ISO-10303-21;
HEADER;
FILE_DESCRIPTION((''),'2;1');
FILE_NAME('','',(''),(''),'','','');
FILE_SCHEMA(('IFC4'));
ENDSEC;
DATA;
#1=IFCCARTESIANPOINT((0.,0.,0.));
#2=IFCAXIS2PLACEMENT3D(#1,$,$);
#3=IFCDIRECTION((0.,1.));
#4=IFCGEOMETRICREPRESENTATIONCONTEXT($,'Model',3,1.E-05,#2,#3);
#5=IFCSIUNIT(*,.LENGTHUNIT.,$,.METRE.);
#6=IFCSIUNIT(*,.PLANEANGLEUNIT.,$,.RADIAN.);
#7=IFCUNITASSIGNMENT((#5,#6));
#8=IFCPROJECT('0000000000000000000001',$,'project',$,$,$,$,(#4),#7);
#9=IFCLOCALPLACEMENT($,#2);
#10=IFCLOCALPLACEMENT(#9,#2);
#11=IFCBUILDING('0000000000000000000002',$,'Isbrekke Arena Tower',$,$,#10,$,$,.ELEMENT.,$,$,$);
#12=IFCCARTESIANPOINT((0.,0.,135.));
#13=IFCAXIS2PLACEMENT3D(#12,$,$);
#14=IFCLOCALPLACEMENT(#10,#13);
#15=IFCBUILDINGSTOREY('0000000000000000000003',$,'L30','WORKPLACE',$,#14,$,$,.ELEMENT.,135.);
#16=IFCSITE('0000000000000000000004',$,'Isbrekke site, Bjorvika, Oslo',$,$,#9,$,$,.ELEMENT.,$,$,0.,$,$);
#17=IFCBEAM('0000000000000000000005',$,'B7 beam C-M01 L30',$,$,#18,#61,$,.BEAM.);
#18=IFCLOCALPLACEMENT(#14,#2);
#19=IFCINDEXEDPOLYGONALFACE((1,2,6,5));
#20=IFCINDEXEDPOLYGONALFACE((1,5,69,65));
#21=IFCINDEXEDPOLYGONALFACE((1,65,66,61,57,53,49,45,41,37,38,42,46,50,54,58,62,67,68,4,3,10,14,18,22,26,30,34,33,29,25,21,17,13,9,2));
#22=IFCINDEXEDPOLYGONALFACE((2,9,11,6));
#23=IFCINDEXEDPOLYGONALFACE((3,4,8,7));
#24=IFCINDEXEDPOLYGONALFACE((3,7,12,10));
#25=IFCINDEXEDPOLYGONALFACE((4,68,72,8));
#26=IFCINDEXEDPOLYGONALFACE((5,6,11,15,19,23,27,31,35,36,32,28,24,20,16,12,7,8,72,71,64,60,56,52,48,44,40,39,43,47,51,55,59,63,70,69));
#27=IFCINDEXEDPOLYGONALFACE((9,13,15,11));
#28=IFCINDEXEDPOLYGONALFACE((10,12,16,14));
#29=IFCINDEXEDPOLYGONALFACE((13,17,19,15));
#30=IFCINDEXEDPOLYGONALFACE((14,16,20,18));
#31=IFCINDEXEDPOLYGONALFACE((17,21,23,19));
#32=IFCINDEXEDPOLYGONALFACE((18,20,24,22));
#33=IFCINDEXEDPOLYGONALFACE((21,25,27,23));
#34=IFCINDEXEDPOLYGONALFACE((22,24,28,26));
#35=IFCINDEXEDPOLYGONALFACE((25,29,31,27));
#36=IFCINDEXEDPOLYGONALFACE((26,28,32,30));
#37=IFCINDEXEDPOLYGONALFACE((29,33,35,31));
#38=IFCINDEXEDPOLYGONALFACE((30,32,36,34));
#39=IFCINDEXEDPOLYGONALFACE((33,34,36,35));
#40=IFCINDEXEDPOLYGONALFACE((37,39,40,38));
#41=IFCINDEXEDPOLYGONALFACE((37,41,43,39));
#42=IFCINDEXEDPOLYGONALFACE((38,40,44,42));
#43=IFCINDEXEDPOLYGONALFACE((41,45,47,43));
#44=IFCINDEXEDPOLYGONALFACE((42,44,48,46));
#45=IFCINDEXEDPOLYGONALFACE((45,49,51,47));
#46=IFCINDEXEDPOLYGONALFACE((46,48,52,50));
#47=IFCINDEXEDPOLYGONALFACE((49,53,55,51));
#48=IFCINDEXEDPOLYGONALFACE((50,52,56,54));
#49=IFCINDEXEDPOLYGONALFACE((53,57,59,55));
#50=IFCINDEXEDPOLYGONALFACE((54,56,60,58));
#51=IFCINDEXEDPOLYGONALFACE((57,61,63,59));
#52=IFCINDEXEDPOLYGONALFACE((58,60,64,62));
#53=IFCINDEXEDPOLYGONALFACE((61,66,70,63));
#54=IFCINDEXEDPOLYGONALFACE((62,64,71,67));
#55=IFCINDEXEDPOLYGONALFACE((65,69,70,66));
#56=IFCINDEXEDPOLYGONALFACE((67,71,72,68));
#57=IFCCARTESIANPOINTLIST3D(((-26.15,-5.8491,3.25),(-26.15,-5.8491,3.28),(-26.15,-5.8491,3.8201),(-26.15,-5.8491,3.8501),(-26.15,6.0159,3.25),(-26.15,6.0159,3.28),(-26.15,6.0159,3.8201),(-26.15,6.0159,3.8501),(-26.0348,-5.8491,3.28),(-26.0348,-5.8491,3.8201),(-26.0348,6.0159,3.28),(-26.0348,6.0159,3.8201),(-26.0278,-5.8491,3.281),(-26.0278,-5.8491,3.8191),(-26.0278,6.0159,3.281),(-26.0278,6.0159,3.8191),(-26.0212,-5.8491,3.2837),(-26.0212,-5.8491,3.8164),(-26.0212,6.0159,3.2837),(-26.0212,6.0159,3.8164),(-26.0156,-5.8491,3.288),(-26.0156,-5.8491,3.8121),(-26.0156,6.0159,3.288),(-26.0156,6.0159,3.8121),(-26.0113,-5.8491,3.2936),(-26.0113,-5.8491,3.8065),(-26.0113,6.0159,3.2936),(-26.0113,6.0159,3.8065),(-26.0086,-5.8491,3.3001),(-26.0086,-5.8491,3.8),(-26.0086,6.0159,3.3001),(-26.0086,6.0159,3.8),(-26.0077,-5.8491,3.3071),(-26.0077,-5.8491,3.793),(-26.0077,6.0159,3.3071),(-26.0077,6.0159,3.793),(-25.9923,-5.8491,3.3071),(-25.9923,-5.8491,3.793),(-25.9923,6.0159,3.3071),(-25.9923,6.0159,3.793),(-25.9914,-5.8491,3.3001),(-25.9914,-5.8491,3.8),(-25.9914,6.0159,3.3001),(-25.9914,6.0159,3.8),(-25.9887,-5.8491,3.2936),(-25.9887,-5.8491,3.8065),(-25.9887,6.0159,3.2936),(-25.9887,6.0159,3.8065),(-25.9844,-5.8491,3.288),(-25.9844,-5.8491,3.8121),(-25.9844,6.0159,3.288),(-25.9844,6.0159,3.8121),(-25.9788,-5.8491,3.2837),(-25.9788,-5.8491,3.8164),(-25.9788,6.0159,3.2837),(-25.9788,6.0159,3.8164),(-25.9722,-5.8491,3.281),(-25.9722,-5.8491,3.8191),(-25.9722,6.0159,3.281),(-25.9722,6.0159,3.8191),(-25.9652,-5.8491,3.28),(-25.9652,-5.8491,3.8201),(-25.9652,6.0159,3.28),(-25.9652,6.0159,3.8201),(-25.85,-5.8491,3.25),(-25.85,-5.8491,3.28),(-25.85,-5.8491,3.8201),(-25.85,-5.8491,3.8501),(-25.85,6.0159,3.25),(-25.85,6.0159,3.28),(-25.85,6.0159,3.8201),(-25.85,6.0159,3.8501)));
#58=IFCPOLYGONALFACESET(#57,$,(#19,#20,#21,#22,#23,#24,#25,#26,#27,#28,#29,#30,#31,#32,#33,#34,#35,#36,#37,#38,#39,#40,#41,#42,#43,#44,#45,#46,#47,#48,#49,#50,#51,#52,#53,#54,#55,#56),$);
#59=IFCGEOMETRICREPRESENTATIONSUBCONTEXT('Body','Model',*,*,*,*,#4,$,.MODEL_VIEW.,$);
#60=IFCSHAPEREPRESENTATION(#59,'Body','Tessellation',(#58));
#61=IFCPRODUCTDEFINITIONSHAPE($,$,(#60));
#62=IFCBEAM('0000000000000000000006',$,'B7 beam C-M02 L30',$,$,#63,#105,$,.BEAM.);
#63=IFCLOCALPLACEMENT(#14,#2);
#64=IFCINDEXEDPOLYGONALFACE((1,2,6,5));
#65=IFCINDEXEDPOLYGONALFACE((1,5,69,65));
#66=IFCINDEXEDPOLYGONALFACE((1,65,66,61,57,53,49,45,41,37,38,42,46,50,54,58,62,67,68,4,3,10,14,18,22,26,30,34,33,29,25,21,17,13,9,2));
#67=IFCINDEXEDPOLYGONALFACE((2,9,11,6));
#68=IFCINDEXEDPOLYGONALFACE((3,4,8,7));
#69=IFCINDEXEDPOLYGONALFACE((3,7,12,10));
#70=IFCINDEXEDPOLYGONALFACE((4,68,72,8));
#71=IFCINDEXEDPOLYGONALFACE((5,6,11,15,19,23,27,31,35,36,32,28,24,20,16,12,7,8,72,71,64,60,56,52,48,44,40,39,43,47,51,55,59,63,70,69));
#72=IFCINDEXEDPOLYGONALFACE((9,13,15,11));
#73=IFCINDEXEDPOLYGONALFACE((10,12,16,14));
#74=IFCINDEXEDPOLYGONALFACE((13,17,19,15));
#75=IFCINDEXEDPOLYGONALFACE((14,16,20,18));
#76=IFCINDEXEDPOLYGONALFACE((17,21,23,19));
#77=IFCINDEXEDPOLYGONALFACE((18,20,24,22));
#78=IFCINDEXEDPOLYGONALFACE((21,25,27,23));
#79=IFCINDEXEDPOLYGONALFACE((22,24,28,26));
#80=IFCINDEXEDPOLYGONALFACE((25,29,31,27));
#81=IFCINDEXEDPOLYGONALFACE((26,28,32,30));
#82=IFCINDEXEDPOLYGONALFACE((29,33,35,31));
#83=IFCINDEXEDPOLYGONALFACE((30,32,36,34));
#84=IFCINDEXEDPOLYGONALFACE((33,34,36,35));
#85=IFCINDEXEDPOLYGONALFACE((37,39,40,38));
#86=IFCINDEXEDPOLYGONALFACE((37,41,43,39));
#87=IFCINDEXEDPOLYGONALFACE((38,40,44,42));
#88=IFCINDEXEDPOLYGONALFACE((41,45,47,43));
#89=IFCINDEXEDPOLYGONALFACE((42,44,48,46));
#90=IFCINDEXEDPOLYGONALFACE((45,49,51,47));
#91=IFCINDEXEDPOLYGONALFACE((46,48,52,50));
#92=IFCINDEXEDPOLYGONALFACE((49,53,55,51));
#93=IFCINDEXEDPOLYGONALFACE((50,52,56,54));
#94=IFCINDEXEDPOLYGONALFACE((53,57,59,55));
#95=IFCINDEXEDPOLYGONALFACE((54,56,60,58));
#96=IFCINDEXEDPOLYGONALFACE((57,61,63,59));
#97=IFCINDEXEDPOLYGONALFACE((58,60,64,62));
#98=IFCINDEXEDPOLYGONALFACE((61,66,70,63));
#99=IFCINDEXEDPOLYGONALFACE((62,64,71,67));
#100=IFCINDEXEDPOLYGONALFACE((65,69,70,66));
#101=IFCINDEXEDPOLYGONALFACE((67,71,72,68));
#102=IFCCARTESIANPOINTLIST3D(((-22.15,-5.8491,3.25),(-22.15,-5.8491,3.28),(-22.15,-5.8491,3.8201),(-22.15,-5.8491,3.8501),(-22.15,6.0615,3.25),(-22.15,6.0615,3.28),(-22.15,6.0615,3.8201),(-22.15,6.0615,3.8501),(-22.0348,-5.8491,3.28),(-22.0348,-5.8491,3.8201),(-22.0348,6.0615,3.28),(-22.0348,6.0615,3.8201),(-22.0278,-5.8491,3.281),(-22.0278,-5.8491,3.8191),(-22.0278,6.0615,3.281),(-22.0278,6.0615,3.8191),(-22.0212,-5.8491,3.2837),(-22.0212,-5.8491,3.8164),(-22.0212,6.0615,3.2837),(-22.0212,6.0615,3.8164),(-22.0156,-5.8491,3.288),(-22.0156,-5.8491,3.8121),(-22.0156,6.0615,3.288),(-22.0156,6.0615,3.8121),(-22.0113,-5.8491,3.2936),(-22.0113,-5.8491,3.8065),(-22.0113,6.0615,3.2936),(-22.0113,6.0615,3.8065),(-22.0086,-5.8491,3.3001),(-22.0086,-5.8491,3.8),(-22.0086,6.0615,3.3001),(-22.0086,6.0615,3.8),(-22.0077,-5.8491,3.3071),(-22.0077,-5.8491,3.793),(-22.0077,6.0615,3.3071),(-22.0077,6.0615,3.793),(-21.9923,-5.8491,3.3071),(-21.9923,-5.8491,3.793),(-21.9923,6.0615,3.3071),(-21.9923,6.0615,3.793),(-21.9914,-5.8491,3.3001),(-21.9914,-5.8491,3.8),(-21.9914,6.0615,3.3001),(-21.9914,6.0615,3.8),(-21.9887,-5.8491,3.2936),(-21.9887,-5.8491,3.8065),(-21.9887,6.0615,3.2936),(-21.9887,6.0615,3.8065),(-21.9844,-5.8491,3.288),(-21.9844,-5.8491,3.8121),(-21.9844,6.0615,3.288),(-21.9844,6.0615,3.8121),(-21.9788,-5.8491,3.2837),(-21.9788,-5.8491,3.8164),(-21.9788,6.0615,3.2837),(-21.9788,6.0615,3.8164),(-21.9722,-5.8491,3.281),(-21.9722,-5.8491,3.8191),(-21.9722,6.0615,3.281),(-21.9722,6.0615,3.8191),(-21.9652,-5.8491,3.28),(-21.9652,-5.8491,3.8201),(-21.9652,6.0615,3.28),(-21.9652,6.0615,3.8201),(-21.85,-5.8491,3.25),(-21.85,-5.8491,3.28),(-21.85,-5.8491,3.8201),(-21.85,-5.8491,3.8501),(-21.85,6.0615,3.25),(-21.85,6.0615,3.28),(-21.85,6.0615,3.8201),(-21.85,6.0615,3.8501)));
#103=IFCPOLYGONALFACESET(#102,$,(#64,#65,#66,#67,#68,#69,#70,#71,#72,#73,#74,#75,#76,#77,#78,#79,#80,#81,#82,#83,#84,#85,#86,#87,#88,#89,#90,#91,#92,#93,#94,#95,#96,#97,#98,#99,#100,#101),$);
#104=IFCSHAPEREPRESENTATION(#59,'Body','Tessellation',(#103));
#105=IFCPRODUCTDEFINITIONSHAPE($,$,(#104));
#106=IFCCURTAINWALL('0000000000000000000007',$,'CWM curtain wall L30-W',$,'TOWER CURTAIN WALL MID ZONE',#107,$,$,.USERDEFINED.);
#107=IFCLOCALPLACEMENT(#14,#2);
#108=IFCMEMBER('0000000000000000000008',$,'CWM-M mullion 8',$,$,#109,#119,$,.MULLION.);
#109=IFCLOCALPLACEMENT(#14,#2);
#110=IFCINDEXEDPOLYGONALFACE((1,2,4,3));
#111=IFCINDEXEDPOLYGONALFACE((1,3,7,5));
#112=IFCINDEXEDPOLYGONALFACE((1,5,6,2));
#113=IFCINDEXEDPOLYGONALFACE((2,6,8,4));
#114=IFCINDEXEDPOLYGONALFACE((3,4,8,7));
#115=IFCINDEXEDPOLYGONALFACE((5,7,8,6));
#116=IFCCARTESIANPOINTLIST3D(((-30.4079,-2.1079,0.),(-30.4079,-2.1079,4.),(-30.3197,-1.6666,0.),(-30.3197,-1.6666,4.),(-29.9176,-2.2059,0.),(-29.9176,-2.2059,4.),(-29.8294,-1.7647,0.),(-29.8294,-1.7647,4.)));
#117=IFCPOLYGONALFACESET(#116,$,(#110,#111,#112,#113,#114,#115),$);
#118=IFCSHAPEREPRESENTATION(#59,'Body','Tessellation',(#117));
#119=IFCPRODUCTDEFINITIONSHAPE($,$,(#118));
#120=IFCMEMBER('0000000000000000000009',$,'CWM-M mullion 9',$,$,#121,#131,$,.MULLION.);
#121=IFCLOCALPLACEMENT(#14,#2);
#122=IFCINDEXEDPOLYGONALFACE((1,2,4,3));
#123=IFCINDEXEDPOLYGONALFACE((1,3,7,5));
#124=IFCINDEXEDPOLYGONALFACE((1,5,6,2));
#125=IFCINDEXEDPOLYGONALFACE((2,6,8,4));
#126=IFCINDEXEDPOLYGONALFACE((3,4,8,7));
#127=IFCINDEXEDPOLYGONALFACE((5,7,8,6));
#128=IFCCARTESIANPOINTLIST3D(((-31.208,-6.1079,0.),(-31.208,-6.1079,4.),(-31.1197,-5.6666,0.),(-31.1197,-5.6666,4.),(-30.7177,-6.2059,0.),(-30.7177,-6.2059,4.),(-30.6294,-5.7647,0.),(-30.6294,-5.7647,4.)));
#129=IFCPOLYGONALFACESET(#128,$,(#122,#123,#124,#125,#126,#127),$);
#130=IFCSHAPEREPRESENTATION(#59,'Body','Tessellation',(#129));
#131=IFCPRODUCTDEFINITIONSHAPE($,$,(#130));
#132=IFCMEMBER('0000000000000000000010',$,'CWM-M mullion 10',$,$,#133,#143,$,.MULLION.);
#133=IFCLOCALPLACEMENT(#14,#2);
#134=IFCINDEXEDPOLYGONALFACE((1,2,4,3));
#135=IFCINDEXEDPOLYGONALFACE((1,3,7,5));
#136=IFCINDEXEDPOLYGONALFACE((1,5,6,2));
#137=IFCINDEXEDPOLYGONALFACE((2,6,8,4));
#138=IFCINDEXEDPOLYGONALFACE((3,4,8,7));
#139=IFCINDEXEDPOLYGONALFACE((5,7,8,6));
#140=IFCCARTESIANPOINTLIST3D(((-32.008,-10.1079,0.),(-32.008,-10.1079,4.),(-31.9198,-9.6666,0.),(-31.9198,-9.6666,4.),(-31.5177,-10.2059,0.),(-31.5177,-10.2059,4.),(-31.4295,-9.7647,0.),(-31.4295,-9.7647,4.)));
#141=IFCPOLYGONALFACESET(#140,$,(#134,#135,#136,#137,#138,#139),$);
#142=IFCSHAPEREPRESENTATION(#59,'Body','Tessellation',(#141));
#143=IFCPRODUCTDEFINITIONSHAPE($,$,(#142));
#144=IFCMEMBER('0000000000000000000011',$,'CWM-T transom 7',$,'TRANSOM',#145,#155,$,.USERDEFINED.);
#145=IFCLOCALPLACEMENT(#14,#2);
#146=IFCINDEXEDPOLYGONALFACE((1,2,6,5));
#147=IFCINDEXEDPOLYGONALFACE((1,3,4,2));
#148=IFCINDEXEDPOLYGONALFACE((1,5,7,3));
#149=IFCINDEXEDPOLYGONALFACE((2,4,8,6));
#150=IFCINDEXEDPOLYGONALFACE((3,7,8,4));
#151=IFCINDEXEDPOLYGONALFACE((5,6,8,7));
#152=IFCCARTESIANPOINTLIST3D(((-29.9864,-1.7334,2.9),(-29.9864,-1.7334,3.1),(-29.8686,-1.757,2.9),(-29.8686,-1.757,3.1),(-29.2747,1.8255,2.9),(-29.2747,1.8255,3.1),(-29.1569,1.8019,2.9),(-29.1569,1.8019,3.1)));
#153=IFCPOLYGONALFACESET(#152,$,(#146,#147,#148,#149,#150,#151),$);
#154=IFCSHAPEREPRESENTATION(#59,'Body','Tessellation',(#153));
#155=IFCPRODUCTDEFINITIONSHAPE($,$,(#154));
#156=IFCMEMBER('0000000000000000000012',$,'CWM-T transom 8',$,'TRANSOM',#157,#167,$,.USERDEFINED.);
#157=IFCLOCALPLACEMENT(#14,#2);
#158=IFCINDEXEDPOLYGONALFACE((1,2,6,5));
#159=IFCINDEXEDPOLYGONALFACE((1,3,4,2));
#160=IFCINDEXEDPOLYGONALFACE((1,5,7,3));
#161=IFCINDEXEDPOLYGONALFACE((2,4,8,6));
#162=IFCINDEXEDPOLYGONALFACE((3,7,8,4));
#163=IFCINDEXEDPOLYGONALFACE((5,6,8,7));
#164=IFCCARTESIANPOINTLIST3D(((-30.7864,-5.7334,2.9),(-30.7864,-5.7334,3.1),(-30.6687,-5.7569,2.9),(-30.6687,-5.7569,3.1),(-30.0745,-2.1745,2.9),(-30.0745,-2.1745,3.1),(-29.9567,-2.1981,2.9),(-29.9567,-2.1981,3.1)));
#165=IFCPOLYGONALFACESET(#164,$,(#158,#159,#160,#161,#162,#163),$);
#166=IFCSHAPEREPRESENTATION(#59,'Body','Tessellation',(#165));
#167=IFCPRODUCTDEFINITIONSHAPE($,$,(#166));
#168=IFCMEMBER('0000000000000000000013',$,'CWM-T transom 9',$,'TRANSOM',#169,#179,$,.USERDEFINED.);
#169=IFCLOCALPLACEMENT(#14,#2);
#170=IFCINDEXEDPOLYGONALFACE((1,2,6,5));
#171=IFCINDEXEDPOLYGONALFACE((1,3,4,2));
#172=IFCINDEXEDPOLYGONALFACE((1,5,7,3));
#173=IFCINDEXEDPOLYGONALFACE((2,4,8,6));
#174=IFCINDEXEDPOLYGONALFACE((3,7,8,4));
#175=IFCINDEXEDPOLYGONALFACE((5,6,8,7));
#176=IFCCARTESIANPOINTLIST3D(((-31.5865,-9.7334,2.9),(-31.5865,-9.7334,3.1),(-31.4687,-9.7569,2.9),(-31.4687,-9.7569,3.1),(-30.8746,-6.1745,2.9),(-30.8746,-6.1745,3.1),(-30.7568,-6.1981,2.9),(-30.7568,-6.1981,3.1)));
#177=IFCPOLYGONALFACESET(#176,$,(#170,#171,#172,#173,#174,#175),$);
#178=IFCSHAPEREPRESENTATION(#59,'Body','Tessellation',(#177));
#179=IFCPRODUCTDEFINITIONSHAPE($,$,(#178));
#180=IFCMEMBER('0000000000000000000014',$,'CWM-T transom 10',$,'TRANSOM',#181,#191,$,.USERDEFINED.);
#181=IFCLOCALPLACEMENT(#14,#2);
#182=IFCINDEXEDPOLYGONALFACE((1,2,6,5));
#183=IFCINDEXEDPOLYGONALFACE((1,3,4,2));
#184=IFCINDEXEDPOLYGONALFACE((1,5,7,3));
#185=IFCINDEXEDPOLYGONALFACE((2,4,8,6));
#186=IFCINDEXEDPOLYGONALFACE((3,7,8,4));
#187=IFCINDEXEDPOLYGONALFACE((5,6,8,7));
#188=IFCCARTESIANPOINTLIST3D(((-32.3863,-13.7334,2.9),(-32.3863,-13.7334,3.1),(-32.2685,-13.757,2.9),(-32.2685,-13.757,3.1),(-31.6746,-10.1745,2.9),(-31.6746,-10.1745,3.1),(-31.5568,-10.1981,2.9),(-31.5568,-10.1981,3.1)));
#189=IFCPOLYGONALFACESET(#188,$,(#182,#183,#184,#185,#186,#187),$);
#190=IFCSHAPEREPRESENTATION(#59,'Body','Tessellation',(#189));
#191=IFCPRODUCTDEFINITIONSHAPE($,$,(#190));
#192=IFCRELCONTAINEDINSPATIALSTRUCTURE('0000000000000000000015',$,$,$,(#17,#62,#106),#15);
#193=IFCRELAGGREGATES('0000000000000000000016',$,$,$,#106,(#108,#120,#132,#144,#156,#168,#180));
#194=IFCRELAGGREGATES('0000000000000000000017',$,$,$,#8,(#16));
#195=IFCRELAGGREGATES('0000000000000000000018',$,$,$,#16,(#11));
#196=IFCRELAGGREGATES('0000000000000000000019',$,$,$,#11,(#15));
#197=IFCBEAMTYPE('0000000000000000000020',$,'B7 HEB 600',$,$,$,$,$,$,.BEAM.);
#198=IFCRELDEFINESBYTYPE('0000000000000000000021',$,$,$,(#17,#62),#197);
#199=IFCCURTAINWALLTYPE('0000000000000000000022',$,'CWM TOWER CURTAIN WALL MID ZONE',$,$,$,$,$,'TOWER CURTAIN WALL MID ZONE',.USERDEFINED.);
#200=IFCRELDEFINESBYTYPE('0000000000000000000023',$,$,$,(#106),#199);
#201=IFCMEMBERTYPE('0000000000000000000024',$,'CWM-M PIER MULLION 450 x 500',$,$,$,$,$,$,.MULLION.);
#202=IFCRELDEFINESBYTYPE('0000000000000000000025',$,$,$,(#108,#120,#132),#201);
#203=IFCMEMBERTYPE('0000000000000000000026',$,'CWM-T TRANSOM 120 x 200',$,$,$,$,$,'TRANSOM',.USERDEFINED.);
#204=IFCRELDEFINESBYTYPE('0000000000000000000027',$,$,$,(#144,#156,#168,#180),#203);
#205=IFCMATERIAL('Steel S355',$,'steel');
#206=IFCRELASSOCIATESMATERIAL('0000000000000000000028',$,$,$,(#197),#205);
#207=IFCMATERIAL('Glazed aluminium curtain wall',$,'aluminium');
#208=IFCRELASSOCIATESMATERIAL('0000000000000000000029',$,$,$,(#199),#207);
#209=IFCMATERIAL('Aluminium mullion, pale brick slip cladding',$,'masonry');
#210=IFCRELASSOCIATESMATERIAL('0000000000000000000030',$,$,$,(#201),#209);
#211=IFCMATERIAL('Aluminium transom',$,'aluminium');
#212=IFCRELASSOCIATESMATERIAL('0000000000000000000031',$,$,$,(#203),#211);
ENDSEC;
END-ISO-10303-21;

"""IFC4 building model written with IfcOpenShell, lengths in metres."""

from ifc_helpers import new_model, si_unit, direction, frame, origin, origin_2d, place, context, subcontext, project, spatial, rectangle, i_section, extrude, material, material_profile, profile_set, type_object, element, aggregate, save


model = new_model("IFC4")

# Units and contexts
model_context = context("Model", 3, precision=1e-05, world=origin(), true_north=direction((0.0, 1.0)))
body_context = subcontext(model_context, "Body", "Model", "MODEL_VIEW")
ifc_project = project(units=[si_unit("LENGTHUNIT", "METRE"), si_unit("PLANEANGLEUNIT", "RADIAN")], contexts=[model_context])

# Site, building, storey
site_placement = place(None, origin())
site = spatial("IfcSite", under=ifc_project, at=site_placement, Name="Isbrekke site, Bjorvika, Oslo", CompositionType="ELEMENT", RefElevation=0.0)
building_placement = place(site_placement, origin())
building = spatial("IfcBuilding", under=site, at=building_placement, Name="Isbrekke Arena Tower", CompositionType="ELEMENT")
storey_placement = place(building_placement, frame((0.0, 0.0, 135.0)))
storey = spatial("IfcBuildingStorey", under=building, at=storey_placement, Name="L30", Description="WORKPLACE", CompositionType="ELEMENT", Elevation=135.0)

# Beams
ifc_material_1 = material(Name="Steel S355", Category="steel")
ifc_material_profile_1 = material_profile(ifc_material_1, i_section(OverallWidth=0.3, OverallDepth=0.6001, WebThickness=0.0154, FlangeThickness=0.03, FilletRadius=0.0271, at=origin_2d()), Name="HEB 600")
ifc_profile_set_1 = profile_set([ifc_material_profile_1], Name="Steel S355")
beam_type_1 = type_object("IfcBeamType", Name="B7 HEB 600", PredefinedType="BEAM", material=ifc_profile_set_1)
beam_1_placement = place(storey_placement, frame((-26.0, -5.8491, 3.55), z_axis=(0.0, 1.0, 0.0), x_axis=(-1.0, 0.0, 0.0)))
element("IfcBeam", 1, at=beam_1_placement, inside=storey, type_object=beam_type_1, Name="B7 beam C-M01 L30", PredefinedType="BEAM", context=body_context, shape_type="SweptSolid", body=[
    extrude(i_section(OverallWidth=0.3, OverallDepth=0.6001, WebThickness=0.0154, FlangeThickness=0.03, FilletRadius=0.0271, at=origin_2d()), origin(), (0.0, 0.0, 1.0), 11.865),
])
beam_2_placement = place(storey_placement, frame((-22.0, -5.8491, 3.55), z_axis=(0.0, 1.0, 0.0), x_axis=(-1.0, 0.0, 0.0)))
element("IfcBeam", 2, at=beam_2_placement, inside=storey, type_object=beam_type_1, Name="B7 beam C-M02 L30", PredefinedType="BEAM", context=body_context, shape_type="SweptSolid", body=[
    extrude(i_section(OverallWidth=0.3, OverallDepth=0.6001, WebThickness=0.0154, FlangeThickness=0.03, FilletRadius=0.0271, at=origin_2d()), origin(), (0.0, 0.0, 1.0), 11.9106),
])

# Curtain wall, members
ifc_material_2 = material(Name="Glazed aluminium curtain wall", Category="aluminium")
curtain_wall_type = type_object("IfcCurtainWallType", Name="CWM TOWER CURTAIN WALL MID ZONE", ElementType="TOWER CURTAIN WALL MID ZONE", PredefinedType="USERDEFINED", material=ifc_material_2)
curtain_wall_placement = place(storey_placement, origin())
curtain_wall = element("IfcCurtainWall", 3, at=curtain_wall_placement, inside=storey, type_object=curtain_wall_type, Name="CWM curtain wall L30-W", ObjectType="TOWER CURTAIN WALL MID ZONE", PredefinedType="USERDEFINED")
ifc_material_3 = material(Name="Aluminium mullion, pale brick slip cladding", Category="masonry")
ifc_material_profile_2 = material_profile(ifc_material_3, rectangle(XDim=0.45, YDim=0.5, at=origin_2d()), Name="PIER 450X500")
ifc_profile_set_2 = profile_set([ifc_material_profile_2], Name="Aluminium mullion, pale brick slip cladding")
member_type_1 = type_object("IfcMemberType", Name="CWM-M PIER MULLION 450 x 500", PredefinedType="MULLION", material=ifc_profile_set_2)
member_1_placement = place(storey_placement, frame((-30.1187, -1.9363, 0.0), z_axis=(0.0, 0.0, 1.0), x_axis=(-0.196116, -0.980581, 0.0)))
member_1 = element("IfcMember", 4, at=member_1_placement, type_object=member_type_1, Name="CWM-M mullion 8", PredefinedType="MULLION", context=body_context, shape_type="SweptSolid", body=[
    extrude(rectangle(XDim=0.45, YDim=0.5, at=origin_2d()), origin(), (0.0, 0.0, 1.0), 4.0),
])
member_2_placement = place(storey_placement, frame((-30.9187, -5.9363, 0.0), z_axis=(0.0, 0.0, 1.0), x_axis=(-0.196116, -0.980581, 0.0)))
member_2 = element("IfcMember", 5, at=member_2_placement, type_object=member_type_1, Name="CWM-M mullion 9", PredefinedType="MULLION", context=body_context, shape_type="SweptSolid", body=[
    extrude(rectangle(XDim=0.45, YDim=0.5, at=origin_2d()), origin(), (0.0, 0.0, 1.0), 4.0),
])
member_3_placement = place(storey_placement, frame((-31.7188, -9.9363, 0.0), z_axis=(0.0, 0.0, 1.0), x_axis=(-0.196116, -0.980581, 0.0)))
member_3 = element("IfcMember", 6, at=member_3_placement, type_object=member_type_1, Name="CWM-M mullion 10", PredefinedType="MULLION", context=body_context, shape_type="SweptSolid", body=[
    extrude(rectangle(XDim=0.45, YDim=0.5, at=origin_2d()), origin(), (0.0, 0.0, 1.0), 4.0),
])
ifc_material_4 = material(Name="Aluminium transom", Category="aluminium")
ifc_material_profile_3 = material_profile(ifc_material_4, rectangle(XDim=0.1201, YDim=0.2, at=origin_2d()), Name="TRANSOM 120X200")
ifc_profile_set_3 = profile_set([ifc_material_profile_3], Name="Aluminium transom")
member_type_2 = type_object("IfcMemberType", Name="CWM-T TRANSOM 120 x 200", ElementType="TRANSOM", PredefinedType="USERDEFINED", material=ifc_profile_set_3)
member_4_placement = place(storey_placement, frame((-29.2158, 1.8137, 3.0), z_axis=(-0.19609, -0.980586, 0.0), x_axis=(0.980586, -0.19609, 0.0)))
member_4 = element("IfcMember", 7, at=member_4_placement, type_object=member_type_2, Name="CWM-T transom 7", ObjectType="TRANSOM", PredefinedType="USERDEFINED", context=body_context, shape_type="SweptSolid", body=[
    extrude(rectangle(XDim=0.1201, YDim=0.2, at=origin_2d()), origin(), (0.0, 0.0, 1.0), 3.6294),
])
member_5_placement = place(storey_placement, frame((-30.0156, -2.1863, 3.0), z_axis=(-0.196155, -0.980573, 0.0), x_axis=(0.980573, -0.196155, 0.0)))
member_5 = element("IfcMember", 8, at=member_5_placement, type_object=member_type_2, Name="CWM-T transom 8", ObjectType="TRANSOM", PredefinedType="USERDEFINED", context=body_context, shape_type="SweptSolid", body=[
    extrude(rectangle(XDim=0.1201, YDim=0.2, at=origin_2d()), origin(), (0.0, 0.0, 1.0), 3.6294),
])
member_6_placement = place(storey_placement, frame((-30.8157, -6.1863, 3.0), z_axis=(-0.196155, -0.980573, 0.0), x_axis=(0.980573, -0.196155, 0.0)))
member_6 = element("IfcMember", 9, at=member_6_placement, type_object=member_type_2, Name="CWM-T transom 9", ObjectType="TRANSOM", PredefinedType="USERDEFINED", context=body_context, shape_type="SweptSolid", body=[
    extrude(rectangle(XDim=0.1201, YDim=0.2, at=origin_2d()), origin(), (0.0, 0.0, 1.0), 3.6294),
])
member_7_placement = place(storey_placement, frame((-31.6157, -10.1863, 3.0), z_axis=(-0.19609, -0.980586, 0.0), x_axis=(0.980586, -0.19609, 0.0)))
member_7 = element("IfcMember", 10, at=member_7_placement, type_object=member_type_2, Name="CWM-T transom 10", ObjectType="TRANSOM", PredefinedType="USERDEFINED", context=body_context, shape_type="SweptSolid", body=[
    extrude(rectangle(XDim=0.1201, YDim=0.2, at=origin_2d()), origin(), (0.0, 0.0, 1.0), 3.6294),
])

aggregate(curtain_wall, [member_1, member_2, member_3, member_4, member_5, member_6, member_7])

save(model, "model.ifc")
